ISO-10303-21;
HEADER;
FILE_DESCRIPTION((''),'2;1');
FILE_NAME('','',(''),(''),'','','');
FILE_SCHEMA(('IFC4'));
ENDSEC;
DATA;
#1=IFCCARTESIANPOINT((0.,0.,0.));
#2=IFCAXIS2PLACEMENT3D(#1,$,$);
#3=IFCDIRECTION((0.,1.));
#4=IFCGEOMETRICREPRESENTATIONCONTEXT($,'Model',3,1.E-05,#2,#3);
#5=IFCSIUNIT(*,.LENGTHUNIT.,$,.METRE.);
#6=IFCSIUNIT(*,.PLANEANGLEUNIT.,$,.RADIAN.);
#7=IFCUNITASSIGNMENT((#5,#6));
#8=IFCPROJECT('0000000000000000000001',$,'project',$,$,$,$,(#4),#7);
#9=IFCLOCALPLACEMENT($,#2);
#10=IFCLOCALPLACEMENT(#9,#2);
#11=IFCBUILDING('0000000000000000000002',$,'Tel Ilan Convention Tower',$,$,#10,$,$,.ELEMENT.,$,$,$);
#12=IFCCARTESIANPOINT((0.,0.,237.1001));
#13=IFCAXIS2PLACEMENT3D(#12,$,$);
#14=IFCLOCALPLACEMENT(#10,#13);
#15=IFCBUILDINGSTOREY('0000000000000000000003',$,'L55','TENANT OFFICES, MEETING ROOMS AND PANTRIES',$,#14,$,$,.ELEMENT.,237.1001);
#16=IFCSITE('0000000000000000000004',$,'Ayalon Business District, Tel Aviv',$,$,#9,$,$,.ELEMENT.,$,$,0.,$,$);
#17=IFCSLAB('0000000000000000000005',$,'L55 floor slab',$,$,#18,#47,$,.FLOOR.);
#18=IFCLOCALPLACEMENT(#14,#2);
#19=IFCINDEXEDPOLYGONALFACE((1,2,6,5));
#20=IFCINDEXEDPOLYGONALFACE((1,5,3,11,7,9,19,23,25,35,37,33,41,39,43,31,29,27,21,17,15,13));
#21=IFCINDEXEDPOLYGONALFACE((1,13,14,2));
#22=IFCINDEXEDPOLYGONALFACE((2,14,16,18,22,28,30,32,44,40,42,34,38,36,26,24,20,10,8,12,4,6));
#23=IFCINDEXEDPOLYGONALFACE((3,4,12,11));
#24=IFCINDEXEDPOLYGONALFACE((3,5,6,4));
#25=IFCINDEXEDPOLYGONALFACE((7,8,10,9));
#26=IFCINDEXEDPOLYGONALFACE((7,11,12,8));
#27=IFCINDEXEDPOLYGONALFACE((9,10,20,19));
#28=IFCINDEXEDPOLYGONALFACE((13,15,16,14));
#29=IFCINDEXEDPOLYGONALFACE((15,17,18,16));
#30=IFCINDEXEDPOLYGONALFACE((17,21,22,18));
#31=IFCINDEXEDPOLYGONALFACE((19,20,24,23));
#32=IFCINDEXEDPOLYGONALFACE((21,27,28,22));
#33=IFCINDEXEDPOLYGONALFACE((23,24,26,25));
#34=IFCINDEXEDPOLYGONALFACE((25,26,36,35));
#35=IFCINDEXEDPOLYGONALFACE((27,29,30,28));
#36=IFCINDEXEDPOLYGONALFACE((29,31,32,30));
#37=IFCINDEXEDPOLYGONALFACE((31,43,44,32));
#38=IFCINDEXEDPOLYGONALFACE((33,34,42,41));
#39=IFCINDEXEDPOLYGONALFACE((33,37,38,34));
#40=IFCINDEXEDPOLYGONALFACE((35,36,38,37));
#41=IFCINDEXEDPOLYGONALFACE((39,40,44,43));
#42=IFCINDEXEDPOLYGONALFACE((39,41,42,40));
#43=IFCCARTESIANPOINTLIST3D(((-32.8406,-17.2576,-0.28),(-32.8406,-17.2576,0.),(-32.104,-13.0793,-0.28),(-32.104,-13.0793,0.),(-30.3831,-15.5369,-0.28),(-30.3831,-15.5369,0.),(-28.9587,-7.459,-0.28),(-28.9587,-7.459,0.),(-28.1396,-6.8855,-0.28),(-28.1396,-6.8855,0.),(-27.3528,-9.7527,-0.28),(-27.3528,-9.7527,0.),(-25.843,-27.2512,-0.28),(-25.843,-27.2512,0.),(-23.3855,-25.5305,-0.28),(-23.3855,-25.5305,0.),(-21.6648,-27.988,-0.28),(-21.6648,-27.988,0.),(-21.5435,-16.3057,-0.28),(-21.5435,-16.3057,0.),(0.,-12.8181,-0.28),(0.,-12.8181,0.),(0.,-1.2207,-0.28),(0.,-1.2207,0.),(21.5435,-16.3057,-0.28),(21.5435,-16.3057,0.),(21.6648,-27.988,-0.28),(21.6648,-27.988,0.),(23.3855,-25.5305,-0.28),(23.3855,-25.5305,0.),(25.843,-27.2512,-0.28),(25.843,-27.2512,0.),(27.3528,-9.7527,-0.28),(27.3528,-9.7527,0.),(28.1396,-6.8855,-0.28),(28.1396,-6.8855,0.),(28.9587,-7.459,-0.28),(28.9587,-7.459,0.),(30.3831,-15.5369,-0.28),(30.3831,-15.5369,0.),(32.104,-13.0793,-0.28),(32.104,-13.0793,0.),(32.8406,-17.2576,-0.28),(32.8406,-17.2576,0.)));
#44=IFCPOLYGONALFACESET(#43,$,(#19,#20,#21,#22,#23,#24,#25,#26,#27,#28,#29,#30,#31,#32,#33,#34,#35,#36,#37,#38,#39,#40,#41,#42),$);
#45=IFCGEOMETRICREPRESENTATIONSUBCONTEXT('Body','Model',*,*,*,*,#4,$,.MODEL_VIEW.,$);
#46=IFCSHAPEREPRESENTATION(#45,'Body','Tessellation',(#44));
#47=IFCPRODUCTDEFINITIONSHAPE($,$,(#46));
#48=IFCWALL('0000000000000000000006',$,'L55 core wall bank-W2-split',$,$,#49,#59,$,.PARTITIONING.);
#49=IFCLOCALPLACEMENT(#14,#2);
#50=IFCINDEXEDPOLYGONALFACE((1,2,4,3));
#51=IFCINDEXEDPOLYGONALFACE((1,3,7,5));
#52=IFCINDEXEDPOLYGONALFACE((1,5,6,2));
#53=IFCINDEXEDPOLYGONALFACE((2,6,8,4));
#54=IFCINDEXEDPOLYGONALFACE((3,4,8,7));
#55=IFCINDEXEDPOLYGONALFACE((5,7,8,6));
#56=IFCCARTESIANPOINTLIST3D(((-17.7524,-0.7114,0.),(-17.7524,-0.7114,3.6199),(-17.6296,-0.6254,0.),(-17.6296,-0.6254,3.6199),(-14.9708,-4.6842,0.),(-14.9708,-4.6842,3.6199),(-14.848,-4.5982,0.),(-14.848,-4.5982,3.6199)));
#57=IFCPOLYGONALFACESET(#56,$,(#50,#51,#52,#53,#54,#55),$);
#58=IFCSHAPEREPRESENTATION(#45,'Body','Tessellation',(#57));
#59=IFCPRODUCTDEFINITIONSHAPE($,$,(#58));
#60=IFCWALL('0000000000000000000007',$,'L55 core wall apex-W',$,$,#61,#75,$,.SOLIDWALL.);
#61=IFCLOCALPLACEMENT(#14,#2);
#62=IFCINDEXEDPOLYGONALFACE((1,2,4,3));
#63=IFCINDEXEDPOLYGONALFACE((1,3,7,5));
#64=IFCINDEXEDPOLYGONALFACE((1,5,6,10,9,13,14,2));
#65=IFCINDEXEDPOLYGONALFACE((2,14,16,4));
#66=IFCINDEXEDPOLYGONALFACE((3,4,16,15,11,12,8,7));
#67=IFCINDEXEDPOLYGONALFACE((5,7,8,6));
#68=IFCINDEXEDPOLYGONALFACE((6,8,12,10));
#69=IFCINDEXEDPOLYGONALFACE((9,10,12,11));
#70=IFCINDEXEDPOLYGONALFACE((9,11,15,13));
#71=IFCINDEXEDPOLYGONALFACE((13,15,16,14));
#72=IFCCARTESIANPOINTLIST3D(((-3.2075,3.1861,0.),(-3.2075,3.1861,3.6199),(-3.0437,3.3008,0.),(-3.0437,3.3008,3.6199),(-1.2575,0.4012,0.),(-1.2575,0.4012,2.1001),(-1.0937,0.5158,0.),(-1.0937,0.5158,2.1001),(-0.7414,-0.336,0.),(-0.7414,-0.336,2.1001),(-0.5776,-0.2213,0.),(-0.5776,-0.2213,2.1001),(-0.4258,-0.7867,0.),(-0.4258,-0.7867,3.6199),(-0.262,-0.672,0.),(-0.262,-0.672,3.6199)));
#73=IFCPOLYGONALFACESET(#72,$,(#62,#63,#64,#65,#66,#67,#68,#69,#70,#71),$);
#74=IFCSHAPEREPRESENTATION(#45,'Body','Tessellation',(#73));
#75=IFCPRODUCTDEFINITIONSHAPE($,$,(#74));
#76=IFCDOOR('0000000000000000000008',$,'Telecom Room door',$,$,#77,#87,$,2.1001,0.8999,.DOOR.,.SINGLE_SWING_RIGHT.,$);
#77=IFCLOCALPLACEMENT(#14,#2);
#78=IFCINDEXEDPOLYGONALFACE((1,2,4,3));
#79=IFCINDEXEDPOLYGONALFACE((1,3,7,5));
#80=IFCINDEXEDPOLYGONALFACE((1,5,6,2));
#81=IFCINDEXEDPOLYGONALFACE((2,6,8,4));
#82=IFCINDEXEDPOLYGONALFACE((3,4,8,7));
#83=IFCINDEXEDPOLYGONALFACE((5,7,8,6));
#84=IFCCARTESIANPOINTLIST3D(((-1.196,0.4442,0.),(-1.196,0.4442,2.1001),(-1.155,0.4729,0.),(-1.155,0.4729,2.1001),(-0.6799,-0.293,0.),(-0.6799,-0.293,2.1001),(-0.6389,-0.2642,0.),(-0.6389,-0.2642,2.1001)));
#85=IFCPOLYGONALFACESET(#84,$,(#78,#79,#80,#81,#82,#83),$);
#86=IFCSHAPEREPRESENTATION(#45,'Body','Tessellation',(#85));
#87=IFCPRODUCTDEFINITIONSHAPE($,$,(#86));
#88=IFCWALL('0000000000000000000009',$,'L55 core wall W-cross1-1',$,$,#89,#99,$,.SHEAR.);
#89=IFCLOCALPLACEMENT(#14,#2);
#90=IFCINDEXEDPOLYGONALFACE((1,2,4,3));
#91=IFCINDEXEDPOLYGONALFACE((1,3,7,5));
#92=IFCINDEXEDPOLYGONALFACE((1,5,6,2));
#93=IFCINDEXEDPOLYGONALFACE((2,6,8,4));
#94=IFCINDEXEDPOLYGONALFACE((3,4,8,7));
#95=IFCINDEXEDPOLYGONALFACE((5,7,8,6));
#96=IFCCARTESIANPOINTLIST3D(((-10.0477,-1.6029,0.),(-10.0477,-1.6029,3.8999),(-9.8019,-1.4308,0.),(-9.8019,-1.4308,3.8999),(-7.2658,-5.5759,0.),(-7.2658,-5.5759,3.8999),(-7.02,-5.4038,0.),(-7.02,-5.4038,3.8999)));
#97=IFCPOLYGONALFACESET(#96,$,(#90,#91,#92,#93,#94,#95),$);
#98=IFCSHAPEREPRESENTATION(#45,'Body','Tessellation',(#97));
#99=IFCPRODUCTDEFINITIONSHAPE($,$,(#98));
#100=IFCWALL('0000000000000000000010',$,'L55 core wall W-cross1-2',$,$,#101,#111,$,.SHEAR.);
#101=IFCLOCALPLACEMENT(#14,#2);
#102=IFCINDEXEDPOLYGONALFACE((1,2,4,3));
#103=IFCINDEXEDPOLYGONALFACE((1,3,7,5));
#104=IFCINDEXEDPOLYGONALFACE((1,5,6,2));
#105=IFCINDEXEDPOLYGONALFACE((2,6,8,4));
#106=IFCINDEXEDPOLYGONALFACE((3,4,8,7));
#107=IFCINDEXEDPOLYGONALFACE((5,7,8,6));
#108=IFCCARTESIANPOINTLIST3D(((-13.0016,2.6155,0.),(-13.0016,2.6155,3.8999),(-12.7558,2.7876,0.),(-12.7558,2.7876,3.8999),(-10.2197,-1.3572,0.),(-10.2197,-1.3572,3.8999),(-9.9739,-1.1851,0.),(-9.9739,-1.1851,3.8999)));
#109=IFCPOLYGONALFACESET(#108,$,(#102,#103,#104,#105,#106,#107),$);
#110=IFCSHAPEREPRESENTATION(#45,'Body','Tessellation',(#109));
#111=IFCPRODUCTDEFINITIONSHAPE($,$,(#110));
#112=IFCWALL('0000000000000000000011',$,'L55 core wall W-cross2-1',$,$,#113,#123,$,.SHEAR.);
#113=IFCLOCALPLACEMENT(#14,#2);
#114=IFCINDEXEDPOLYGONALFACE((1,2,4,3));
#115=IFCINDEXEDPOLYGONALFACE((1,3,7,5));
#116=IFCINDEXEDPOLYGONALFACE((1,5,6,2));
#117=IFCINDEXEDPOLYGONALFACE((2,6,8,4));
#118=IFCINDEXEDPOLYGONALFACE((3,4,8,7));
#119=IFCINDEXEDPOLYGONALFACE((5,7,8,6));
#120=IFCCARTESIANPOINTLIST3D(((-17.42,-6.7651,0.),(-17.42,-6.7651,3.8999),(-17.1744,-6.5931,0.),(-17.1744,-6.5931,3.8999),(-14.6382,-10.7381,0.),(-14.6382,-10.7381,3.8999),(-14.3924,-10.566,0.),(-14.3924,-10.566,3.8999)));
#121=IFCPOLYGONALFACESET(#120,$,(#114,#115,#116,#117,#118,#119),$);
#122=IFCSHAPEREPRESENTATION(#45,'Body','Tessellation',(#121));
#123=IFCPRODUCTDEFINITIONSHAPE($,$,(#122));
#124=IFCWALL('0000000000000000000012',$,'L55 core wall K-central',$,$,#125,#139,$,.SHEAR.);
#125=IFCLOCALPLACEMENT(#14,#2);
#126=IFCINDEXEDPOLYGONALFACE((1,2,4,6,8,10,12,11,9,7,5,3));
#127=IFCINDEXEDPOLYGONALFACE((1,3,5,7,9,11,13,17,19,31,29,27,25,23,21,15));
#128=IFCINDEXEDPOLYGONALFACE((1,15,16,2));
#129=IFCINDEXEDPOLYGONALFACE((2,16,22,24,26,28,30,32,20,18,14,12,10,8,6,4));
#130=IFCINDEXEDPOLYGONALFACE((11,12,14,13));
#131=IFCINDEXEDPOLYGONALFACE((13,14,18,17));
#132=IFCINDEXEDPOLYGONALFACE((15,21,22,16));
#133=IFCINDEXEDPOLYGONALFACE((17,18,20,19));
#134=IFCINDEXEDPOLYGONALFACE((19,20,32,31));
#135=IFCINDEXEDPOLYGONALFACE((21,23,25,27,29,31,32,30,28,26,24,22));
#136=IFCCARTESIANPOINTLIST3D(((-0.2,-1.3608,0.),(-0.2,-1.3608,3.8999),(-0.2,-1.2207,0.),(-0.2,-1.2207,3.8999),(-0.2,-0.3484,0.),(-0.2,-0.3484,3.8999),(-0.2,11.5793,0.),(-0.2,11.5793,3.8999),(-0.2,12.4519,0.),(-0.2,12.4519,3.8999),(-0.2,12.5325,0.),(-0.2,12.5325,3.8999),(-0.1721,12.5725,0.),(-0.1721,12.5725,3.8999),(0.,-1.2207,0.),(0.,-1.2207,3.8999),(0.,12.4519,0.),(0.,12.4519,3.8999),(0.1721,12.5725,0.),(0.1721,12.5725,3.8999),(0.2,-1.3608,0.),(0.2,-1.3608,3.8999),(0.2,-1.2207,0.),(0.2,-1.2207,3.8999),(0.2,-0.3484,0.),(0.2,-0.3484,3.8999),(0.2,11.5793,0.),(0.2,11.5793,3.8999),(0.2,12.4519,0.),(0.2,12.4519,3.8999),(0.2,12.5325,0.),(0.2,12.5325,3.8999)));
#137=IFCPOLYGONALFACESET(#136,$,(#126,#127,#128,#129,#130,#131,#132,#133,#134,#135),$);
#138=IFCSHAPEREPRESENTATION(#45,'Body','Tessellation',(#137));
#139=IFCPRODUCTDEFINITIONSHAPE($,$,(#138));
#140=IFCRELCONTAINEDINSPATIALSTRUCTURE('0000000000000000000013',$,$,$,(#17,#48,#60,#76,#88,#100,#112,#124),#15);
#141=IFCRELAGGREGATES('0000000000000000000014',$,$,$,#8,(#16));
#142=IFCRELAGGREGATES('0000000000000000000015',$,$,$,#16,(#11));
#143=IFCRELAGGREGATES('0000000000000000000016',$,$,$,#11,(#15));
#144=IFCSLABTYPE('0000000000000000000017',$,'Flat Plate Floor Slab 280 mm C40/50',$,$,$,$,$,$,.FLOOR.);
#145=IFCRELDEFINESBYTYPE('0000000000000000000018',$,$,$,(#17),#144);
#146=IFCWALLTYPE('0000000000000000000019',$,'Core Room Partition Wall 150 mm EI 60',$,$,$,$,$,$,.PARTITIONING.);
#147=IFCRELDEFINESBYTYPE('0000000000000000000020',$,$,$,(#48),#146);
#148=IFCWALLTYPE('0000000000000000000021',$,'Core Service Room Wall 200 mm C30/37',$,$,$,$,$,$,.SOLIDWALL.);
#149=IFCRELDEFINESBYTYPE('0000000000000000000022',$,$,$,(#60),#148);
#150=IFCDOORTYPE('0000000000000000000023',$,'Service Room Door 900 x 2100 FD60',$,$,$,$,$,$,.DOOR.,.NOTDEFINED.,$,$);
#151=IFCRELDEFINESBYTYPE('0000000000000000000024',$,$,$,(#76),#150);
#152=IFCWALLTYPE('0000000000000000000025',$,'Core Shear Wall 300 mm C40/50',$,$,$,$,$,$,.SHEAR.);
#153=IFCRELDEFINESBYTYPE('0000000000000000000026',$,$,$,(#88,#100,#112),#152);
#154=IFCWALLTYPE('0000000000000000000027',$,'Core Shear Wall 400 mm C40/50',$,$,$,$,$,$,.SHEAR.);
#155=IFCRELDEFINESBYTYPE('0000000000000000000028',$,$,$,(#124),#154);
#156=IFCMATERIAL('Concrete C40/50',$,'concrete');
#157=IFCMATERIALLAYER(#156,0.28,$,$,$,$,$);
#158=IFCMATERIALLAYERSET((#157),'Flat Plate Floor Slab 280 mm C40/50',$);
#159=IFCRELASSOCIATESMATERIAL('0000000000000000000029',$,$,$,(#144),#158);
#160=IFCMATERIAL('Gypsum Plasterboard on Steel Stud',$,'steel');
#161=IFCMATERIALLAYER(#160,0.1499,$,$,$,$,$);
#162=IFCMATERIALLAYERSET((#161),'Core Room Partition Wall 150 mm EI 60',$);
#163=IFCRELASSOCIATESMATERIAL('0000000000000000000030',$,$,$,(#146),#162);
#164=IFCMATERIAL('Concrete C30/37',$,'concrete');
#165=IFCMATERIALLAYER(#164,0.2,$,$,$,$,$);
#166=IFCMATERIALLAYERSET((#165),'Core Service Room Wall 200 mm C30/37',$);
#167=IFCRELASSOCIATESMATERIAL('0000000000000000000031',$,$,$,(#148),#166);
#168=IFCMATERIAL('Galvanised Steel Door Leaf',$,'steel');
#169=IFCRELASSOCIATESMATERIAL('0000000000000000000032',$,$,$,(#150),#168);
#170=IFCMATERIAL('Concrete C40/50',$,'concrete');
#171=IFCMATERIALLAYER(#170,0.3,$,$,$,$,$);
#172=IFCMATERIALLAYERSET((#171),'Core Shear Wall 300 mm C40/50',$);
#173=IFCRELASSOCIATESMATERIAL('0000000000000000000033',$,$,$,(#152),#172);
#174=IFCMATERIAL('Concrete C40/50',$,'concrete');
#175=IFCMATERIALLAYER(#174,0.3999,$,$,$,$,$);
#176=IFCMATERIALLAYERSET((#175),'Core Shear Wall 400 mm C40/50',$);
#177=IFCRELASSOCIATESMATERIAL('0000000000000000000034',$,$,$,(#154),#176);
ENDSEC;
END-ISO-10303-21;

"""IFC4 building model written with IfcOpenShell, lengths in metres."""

from ifc_helpers import new_model, si_unit, direction, frame, frame_2d, origin, place, context, subcontext, project, spatial, polyline, rectangle, outline, extrude, material, layer, layer_set, type_object, element, fill, save


model = new_model("IFC4")

# Units and contexts
model_context = context("Model", 3, precision=1e-05, world=origin(), true_north=direction((0.0, 1.0)))
body_context = subcontext(model_context, "Body", "Model", "MODEL_VIEW")
ifc_project = project(units=[si_unit("LENGTHUNIT", "METRE"), si_unit("PLANEANGLEUNIT", "RADIAN")], contexts=[model_context])

# Site, building, storey
site_placement = place(None, origin())
site = spatial("IfcSite", under=ifc_project, at=site_placement, Name="Ayalon Business District, Tel Aviv", CompositionType="ELEMENT", RefElevation=0.0)
building_placement = place(site_placement, origin())
building = spatial("IfcBuilding", under=site, at=building_placement, Name="Tel Ilan Convention Tower", CompositionType="ELEMENT")
storey_placement = place(building_placement, frame((0.0, 0.0, 237.1001)))
storey = spatial("IfcBuildingStorey", under=building, at=storey_placement, Name="L55", Description="TENANT OFFICES, MEETING ROOMS AND PANTRIES", CompositionType="ELEMENT", Elevation=237.1001)

# Slab
ifc_material_1 = material(Name="Concrete C40/50", Category="concrete")
ifc_layer_1 = layer(ifc_material_1, 0.28)
ifc_layer_set_1 = layer_set([ifc_layer_1], Name="Flat Plate Floor Slab 280 mm C40/50")
slab_type_1 = type_object("IfcSlabType", Name="Flat Plate Floor Slab 280 mm C40/50", PredefinedType="FLOOR", material=ifc_layer_set_1)
slab_1_placement = place(storey_placement, frame((0.0, 0.0, -0.28)))
element("IfcSlab", 1, at=slab_1_placement, inside=storey, type_object=slab_type_1, Name="L55 floor slab", PredefinedType="FLOOR", context=body_context, shape_type="SweptSolid", body=[
    extrude(outline(polyline([(21.5435, -16.3057), (28.1396, -6.8855), (28.9587, -7.459), (27.3528, -9.7527), (32.104, -13.0793), (30.3831, -15.5369), (32.8406, -17.2576), (25.843, -27.2512), (23.3855, -25.5305), (21.6648, -27.988), (0.0, -12.8181), (-21.6648, -27.988), (-23.3855, -25.5305), (-25.843, -27.2512), (-32.8406, -17.2576), (-30.3831, -15.5369), (-32.104, -13.0793), (-27.3528, -9.7527), (-28.9587, -7.459), (-28.1396, -6.8855), (-21.5435, -16.3057), (0.0, -1.2207), (21.5435, -16.3057)])), origin(), (0.0, 0.0, 1.0), 0.28),
])

# Wall
ifc_material_2 = material(Name="Gypsum Plasterboard on Steel Stud", Category="steel")
ifc_layer_2 = layer(ifc_material_2, 0.1499)
ifc_layer_set_2 = layer_set([ifc_layer_2], Name="Core Room Partition Wall 150 mm EI 60")
wall_type_1 = type_object("IfcWallType", Name="Core Room Partition Wall 150 mm EI 60", PredefinedType="PARTITIONING", material=ifc_layer_set_2)
wall_1_placement = place(storey_placement, frame((-14.9094, -4.6411, 0.0), z_axis=(0.0, 0.0, 1.0), x_axis=(-0.57356, 0.819163, 0.0)))
element("IfcWall", 2, at=wall_1_placement, inside=storey, type_object=wall_type_1, Name="L55 core wall bank-W2-split", PredefinedType="PARTITIONING", context=body_context, shape_type="SweptSolid", body=[
    extrude(rectangle(XDim=4.8499, YDim=0.1499, at=frame_2d((2.4248, 0.0))), origin(), (0.0, 0.0, 1.0), 3.6199),
])

# Wall, opening, door
ifc_material_3 = material(Name="Concrete C30/37", Category="concrete")
ifc_layer_3 = layer(ifc_material_3, 0.2)
ifc_layer_set_3 = layer_set([ifc_layer_3], Name="Core Service Room Wall 200 mm C30/37")
wall_type_2 = type_object("IfcWallType", Name="Core Service Room Wall 200 mm C30/37", PredefinedType="SOLIDWALL", material=ifc_layer_set_3)
wall_2_placement = place(storey_placement, frame((-0.344, -0.7292, 0.0), z_axis=(0.0, 0.0, 1.0), x_axis=(-0.57356, 0.819163, 0.0)))
wall_2 = element("IfcWall", 3, at=wall_2_placement, inside=storey, type_object=wall_type_2, Name="L55 core wall apex-W", PredefinedType="SOLIDWALL", context=body_context, shape_type="SweptSolid", body=[
    extrude(rectangle(XDim=4.8499, YDim=0.2, at=frame_2d((2.4248, 0.0))), origin(), (0.0, 0.0, 1.0), 3.6199),
])
opening_1_placement = place(wall_2_placement, frame((0.55, 0.0, 0.0)))
opening_1 = element("IfcOpeningElement", 4, at=opening_1_placement, cuts=wall_2, PredefinedType="OPENING", context=body_context, shape_type="SweptSolid", body=[
    extrude(rectangle(XDim=0.8999, YDim=2.1001, at=frame_2d((0.45, 1.05))), frame((0.0, 0.1099, 0.0), z_axis=(0.0, -1.0, 0.0), x_axis=(1.0, 0.0, 0.0)), (0.0, 0.0, 1.0), 0.22),
])
ifc_material_4 = material(Name="Galvanised Steel Door Leaf", Category="steel")
door_type_1 = type_object("IfcDoorType", Name="Service Room Door 900 x 2100 FD60", OperationType="NOTDEFINED", PredefinedType="DOOR", material=ifc_material_4)
door_1_placement = place(opening_1_placement, origin())
door_1 = element("IfcDoor", 5, at=door_1_placement, inside=storey, type_object=door_type_1, Name="Telecom Room door", OperationType="SINGLE_SWING_RIGHT", OverallHeight=2.1001, OverallWidth=0.8999, PredefinedType="DOOR", context=body_context, shape_type="SweptSolid", body=[
    extrude(rectangle(XDim=0.8999, YDim=2.1001, at=frame_2d((0.45, 1.05))), frame((0.0, 0.0249, 0.0), z_axis=(0.0, -1.0, 0.0), x_axis=(1.0, 0.0, 0.0)), (0.0, 0.0, 1.0), 0.05),
])
fill(opening_1, door_1)

# Walls
ifc_material_5 = material(Name="Concrete C40/50", Category="concrete")
ifc_layer_4 = layer(ifc_material_5, 0.3)
ifc_layer_set_4 = layer_set([ifc_layer_4], Name="Core Shear Wall 300 mm C40/50")
wall_type_3 = type_object("IfcWallType", Name="Core Shear Wall 300 mm C40/50", PredefinedType="SHEAR", material=ifc_layer_set_4)
wall_3_placement = place(storey_placement, frame((-7.1428, -5.4897, 0.0), z_axis=(0.0, 0.0, 1.0), x_axis=(-0.573618, 0.819123, 0.0)))
element("IfcWall", 6, at=wall_3_placement, inside=storey, type_object=wall_type_3, Name="L55 core wall W-cross1-1", PredefinedType="SHEAR", context=body_context, shape_type="SweptSolid", body=[
    extrude(outline(polyline([(4.8501, 0.1499), (0.0, 0.1501), (0.0, -0.1499), (4.8501, -0.1501), (4.8501, 0.1499)])), origin(), (0.0, 0.0, 1.0), 3.8999),
])
wall_4_placement = place(storey_placement, frame((-10.0969, -1.2712, 0.0), z_axis=(0.0, 0.0, 1.0), x_axis=(-0.57356, 0.819163, 0.0)))
element("IfcWall", 7, at=wall_4_placement, inside=storey, type_object=wall_type_3, Name="L55 core wall W-cross1-2", PredefinedType="SHEAR", context=body_context, shape_type="SweptSolid", body=[
    extrude(outline(polyline([(4.8499, -0.1499), (4.8499, 0.1501), (0.0, 0.1499), (0.0, -0.1501), (4.8499, -0.1499)])), origin(), (0.0, 0.0, 1.0), 3.8999),
])
wall_5_placement = place(storey_placement, frame((-14.5154, -10.6521, 0.0), z_axis=(0.0, 0.0, 1.0), x_axis=(-0.57356, 0.819163, 0.0)))
element("IfcWall", 8, at=wall_5_placement, inside=storey, type_object=wall_type_3, Name="L55 core wall W-cross2-1", PredefinedType="SHEAR", context=body_context, shape_type="SweptSolid", body=[
    extrude(outline(polyline([(4.8501, 0.1499), (0.0, 0.1499), (0.0, -0.1501), (4.8501, -0.1499), (4.8501, 0.1499)])), origin(), (0.0, 0.0, 1.0), 3.8999),
])
ifc_material_6 = material(Name="Concrete C40/50", Category="concrete")
ifc_layer_5 = layer(ifc_material_6, 0.3999)
ifc_layer_set_5 = layer_set([ifc_layer_5], Name="Core Shear Wall 400 mm C40/50")
wall_type_4 = type_object("IfcWallType", Name="Core Shear Wall 400 mm C40/50", PredefinedType="SHEAR", material=ifc_layer_set_5)
wall_6_placement = place(storey_placement, frame((0.0, -1.3608, 0.0), z_axis=(0.0, 0.0, 1.0), x_axis=(0.0, 1.0, 0.0)))
element("IfcWall", 9, at=wall_6_placement, inside=storey, type_object=wall_type_4, Name="L55 core wall K-central", PredefinedType="SHEAR", context=body_context, shape_type="SweptSolid", body=[
    extrude(outline(polyline([(0.1401, 0.2), (0.0, 0.2), (0.1401, 0.0), (0.0, -0.2), (0.1401, -0.2), (1.0125, -0.2), (12.9402, -0.2), (13.8127, -0.2), (13.8933, -0.2), (13.9333, -0.1721), (13.8127, 0.0), (13.9333, 0.1721), (13.8933, 0.2), (13.8127, 0.2), (12.9402, 0.2), (1.0125, 0.2), (0.1401, 0.2)])), origin(), (0.0, 0.0, 1.0), 3.8999),
])

save(model, "model.ifc")
